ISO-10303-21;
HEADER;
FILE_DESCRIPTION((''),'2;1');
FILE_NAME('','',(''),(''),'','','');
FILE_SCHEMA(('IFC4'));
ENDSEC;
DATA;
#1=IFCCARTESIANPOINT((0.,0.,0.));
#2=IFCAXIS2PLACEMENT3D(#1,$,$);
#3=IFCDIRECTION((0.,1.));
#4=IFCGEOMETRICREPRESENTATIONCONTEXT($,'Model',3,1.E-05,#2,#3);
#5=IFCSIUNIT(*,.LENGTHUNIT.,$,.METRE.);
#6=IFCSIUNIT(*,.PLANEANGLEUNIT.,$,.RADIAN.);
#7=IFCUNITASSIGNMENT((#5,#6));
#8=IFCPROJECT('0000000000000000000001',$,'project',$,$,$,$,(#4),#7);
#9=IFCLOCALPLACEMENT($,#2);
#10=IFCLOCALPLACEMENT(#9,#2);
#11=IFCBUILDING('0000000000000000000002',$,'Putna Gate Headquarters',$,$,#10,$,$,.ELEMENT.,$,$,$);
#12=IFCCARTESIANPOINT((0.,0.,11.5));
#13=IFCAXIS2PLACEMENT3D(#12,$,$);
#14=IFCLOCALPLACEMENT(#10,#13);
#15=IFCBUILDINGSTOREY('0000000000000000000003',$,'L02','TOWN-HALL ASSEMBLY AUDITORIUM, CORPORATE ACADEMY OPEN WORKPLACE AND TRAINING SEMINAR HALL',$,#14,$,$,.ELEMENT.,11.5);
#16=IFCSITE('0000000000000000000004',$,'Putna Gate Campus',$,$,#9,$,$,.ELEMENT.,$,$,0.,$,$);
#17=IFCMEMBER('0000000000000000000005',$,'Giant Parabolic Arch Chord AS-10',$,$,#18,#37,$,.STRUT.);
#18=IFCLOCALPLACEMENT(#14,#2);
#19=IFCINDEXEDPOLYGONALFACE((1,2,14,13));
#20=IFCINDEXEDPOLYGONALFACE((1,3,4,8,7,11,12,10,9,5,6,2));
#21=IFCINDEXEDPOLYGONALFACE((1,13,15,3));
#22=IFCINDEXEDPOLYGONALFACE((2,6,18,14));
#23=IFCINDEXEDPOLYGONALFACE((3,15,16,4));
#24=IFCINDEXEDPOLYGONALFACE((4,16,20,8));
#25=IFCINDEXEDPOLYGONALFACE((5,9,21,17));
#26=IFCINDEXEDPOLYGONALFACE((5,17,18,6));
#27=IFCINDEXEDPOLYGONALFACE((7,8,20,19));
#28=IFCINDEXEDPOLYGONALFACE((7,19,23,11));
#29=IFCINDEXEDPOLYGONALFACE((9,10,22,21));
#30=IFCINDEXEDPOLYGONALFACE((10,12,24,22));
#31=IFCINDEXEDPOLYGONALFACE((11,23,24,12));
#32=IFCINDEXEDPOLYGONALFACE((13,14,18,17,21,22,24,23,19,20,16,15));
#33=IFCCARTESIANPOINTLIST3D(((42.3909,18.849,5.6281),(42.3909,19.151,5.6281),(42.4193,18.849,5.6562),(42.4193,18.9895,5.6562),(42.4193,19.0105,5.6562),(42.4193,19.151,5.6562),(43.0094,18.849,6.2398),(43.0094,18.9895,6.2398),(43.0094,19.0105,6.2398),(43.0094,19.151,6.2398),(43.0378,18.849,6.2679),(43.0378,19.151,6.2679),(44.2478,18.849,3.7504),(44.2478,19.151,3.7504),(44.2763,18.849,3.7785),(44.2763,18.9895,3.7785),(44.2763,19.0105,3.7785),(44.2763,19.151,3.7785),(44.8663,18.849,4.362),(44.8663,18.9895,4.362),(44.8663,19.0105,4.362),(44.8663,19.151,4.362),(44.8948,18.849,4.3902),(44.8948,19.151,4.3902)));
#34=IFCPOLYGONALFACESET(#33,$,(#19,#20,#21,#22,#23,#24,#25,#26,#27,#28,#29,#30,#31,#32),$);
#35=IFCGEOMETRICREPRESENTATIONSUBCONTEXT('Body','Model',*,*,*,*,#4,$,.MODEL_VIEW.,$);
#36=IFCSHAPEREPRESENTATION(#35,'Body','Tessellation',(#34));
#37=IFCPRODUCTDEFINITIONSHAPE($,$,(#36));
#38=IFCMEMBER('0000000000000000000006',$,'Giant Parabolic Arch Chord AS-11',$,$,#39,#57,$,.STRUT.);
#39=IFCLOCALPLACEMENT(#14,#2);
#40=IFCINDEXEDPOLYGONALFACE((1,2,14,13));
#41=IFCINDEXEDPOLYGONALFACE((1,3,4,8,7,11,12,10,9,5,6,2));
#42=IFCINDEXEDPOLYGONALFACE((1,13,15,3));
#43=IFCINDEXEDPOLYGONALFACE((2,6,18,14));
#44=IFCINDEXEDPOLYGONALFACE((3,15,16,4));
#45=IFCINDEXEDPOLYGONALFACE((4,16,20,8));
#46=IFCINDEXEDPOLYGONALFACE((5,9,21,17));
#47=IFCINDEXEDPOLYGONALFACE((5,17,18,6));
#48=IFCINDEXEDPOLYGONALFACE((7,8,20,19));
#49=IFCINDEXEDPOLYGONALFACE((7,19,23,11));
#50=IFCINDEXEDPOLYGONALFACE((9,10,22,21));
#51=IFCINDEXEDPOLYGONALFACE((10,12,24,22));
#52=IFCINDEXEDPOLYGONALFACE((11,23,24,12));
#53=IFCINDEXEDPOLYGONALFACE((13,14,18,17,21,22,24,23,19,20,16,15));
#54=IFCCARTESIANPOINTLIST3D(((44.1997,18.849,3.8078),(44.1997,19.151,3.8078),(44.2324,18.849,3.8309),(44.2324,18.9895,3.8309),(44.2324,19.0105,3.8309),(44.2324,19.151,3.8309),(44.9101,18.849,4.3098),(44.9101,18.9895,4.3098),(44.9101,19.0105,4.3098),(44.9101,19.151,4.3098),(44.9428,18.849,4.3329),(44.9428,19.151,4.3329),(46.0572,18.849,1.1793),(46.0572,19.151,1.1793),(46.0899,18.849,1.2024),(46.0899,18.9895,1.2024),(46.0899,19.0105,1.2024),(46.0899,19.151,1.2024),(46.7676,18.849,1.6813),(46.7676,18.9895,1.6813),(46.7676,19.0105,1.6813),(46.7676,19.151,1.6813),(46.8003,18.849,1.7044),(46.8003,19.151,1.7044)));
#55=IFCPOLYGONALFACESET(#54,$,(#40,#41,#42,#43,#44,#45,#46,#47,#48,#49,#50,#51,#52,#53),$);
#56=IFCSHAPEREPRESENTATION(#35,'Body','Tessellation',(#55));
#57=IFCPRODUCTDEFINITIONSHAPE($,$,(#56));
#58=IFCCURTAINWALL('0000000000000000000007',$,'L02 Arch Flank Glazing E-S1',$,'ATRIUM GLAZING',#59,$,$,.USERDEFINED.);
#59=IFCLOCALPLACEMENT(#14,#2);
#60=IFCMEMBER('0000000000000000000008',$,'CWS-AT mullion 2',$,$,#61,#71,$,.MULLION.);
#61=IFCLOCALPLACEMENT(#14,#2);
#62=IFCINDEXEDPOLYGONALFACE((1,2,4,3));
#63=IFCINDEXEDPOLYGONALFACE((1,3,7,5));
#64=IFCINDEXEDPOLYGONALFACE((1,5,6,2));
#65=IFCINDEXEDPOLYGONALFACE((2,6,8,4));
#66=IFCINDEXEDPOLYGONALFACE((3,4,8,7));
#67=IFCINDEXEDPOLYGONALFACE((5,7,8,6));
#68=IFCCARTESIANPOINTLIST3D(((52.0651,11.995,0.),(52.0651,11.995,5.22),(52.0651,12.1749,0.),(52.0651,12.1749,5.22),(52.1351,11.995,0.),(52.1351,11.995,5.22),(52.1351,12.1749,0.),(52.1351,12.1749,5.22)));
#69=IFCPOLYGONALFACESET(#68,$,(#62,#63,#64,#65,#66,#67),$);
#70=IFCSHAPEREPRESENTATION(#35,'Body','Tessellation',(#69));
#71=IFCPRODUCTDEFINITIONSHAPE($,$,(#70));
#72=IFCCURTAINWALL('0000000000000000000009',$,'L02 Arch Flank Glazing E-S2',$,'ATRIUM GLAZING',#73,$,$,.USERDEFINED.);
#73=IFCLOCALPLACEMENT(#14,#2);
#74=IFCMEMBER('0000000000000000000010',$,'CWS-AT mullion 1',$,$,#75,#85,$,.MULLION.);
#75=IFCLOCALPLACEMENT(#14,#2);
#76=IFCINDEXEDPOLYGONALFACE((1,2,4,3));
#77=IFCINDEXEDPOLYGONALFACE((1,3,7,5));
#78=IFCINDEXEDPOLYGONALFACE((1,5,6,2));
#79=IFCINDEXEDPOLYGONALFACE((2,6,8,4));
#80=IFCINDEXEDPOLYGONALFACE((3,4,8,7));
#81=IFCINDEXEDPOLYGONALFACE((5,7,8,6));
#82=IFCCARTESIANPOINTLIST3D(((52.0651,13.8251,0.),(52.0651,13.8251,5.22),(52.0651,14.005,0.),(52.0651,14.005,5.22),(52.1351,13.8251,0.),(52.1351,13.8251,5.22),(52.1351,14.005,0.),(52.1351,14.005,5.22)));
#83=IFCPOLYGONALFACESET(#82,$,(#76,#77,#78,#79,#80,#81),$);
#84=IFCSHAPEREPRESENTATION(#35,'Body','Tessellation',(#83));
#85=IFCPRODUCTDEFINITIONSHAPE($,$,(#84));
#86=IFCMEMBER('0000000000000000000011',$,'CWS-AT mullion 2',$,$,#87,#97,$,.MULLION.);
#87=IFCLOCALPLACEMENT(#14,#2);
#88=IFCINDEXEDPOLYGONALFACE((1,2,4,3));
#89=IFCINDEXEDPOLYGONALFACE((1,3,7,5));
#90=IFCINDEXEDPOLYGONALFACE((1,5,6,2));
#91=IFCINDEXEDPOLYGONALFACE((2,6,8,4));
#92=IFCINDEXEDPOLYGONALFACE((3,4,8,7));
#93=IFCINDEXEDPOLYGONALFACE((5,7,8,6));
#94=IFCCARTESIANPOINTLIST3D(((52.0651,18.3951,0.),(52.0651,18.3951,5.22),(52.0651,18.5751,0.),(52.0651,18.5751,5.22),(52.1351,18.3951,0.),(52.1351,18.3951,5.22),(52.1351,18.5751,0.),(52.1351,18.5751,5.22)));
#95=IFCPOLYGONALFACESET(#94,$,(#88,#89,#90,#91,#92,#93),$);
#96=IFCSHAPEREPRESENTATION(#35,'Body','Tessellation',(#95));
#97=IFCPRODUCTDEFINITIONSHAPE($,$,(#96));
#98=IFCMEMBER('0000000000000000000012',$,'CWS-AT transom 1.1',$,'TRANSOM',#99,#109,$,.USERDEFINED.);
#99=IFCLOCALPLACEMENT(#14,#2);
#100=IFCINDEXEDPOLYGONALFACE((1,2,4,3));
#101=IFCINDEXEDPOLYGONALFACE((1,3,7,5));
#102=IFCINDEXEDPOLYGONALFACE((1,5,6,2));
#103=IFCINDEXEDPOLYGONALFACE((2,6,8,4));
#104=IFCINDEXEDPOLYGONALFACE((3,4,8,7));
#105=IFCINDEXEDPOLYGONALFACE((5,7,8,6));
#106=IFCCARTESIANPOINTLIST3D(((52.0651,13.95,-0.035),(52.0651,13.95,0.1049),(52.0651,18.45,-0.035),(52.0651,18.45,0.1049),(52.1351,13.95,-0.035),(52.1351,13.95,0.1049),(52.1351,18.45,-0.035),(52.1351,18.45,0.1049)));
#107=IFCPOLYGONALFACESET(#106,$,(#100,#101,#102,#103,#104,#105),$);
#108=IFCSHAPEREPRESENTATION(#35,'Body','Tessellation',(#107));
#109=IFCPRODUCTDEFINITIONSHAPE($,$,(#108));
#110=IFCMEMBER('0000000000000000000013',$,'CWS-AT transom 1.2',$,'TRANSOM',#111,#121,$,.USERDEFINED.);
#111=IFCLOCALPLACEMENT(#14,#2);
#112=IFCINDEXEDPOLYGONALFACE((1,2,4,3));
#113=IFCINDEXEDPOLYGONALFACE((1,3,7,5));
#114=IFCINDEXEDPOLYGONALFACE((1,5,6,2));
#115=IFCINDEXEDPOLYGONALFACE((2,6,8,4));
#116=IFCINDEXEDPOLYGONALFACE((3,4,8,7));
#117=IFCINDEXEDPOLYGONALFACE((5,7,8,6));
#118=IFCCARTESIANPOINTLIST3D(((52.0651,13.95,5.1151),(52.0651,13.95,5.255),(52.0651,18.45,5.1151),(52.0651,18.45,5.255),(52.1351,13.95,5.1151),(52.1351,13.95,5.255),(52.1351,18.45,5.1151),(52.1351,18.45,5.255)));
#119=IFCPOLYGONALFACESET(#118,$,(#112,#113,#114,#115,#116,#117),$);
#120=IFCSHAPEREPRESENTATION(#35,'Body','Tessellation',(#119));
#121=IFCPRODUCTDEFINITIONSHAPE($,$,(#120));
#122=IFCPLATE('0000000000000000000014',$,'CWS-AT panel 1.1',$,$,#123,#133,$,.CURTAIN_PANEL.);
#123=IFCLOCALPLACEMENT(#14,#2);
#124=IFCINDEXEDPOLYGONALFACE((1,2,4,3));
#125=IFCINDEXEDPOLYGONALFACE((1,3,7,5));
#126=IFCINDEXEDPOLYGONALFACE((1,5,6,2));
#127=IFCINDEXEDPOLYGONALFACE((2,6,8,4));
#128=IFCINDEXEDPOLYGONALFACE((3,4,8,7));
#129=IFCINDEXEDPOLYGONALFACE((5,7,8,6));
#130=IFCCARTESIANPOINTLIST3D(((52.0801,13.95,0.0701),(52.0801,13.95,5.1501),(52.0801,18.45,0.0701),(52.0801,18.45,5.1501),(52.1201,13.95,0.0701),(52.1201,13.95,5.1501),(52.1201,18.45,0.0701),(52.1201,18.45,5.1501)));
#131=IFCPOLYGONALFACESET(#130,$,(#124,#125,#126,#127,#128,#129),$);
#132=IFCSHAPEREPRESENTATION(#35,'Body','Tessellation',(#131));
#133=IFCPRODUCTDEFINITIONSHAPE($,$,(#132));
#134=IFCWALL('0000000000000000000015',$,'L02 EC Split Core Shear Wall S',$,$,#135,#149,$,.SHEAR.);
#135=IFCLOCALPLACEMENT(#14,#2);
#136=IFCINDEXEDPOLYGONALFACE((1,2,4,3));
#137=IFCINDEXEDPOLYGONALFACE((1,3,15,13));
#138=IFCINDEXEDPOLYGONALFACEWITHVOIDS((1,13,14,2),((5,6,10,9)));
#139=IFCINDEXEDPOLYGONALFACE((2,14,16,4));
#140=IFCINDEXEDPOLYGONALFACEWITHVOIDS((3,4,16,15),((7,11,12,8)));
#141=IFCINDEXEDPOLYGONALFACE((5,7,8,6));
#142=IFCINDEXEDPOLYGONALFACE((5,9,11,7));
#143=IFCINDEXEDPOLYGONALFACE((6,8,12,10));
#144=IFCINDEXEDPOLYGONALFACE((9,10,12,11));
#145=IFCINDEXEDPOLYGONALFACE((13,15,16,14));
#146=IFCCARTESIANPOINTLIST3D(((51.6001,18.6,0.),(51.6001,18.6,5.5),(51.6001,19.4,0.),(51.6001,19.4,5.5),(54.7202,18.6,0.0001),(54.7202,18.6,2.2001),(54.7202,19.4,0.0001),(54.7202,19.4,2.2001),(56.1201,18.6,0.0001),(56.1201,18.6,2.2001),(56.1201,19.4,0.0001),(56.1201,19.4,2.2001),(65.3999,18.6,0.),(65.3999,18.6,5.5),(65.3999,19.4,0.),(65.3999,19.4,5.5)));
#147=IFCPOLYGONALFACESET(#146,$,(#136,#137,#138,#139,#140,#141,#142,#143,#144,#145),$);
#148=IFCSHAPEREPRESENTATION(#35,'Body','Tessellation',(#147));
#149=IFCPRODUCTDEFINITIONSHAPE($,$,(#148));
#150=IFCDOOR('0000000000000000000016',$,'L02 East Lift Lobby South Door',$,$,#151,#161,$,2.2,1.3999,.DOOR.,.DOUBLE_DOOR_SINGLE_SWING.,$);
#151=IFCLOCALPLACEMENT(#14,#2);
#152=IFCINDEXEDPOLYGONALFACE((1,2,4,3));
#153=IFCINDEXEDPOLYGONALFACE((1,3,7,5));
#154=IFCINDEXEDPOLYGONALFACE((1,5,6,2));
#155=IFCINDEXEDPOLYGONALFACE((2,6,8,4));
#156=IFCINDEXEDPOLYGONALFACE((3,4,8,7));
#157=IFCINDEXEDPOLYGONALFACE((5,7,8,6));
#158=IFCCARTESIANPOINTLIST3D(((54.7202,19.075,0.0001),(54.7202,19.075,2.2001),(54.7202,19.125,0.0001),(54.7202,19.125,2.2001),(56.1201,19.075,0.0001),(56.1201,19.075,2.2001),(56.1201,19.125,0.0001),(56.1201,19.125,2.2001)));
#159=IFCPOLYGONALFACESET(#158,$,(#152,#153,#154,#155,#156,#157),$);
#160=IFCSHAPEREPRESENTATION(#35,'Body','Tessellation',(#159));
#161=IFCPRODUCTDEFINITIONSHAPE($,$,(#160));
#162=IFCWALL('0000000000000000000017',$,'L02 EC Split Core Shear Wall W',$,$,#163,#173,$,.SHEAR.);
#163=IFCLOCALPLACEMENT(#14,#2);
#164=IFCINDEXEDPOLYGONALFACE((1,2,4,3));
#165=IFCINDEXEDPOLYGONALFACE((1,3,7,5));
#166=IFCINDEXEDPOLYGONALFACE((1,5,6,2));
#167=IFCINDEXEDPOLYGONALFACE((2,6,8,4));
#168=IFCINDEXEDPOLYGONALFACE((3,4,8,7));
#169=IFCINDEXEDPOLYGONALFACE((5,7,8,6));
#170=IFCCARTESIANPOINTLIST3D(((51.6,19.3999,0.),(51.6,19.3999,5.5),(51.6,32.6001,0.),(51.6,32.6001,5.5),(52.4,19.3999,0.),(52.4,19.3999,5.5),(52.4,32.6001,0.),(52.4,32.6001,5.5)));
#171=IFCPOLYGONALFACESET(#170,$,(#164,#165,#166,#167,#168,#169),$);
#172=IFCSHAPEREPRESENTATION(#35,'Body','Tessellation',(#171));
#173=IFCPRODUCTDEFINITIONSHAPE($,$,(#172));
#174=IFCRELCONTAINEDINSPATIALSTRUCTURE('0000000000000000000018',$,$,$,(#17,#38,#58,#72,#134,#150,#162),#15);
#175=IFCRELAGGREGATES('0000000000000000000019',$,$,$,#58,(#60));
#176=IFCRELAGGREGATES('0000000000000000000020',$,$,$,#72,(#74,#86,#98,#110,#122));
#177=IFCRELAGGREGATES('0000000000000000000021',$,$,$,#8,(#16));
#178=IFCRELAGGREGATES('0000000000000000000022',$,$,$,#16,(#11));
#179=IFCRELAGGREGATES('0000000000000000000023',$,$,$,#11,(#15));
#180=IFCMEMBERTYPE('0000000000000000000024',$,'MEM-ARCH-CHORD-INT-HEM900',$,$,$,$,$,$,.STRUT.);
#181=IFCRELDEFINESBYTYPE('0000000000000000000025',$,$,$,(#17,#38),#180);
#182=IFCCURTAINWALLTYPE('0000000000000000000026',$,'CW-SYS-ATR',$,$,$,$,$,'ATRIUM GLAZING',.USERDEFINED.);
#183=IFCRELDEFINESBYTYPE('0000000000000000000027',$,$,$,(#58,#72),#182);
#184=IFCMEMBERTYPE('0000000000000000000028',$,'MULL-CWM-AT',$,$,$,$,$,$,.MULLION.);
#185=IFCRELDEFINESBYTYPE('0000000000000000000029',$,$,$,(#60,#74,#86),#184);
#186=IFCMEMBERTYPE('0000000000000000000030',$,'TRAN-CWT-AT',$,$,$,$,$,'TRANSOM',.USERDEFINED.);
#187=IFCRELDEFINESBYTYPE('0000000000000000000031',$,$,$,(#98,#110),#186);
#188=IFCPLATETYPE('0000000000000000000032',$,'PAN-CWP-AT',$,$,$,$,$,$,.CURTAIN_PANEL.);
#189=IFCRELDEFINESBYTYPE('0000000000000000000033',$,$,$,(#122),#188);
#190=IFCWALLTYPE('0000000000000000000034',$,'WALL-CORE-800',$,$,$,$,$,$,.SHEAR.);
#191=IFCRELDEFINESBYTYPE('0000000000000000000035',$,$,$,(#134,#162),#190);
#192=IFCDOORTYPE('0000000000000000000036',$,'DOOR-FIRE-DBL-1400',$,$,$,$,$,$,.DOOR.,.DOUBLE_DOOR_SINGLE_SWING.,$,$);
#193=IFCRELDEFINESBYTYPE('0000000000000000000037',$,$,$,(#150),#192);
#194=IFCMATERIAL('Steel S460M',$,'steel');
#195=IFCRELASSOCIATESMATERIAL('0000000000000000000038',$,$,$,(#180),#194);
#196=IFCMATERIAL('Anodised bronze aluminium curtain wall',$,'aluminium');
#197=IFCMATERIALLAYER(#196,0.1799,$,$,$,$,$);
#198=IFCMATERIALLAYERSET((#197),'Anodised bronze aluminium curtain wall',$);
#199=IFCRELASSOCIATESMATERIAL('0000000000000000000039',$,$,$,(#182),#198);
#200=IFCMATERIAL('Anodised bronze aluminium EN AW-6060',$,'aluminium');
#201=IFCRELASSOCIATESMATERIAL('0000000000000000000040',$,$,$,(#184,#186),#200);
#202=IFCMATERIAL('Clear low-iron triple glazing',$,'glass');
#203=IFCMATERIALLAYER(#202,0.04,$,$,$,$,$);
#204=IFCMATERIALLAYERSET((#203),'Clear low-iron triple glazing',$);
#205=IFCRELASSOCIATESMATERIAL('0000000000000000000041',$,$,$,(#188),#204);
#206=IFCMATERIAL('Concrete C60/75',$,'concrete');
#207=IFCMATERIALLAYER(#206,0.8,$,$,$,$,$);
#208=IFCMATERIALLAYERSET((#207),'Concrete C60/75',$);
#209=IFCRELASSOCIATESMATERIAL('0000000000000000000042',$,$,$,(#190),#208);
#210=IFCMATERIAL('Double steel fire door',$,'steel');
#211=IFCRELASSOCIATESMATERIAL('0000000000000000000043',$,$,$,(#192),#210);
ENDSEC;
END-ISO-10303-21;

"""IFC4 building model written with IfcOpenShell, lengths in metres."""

from ifc_helpers import new_model, si_unit, direction, frame, frame_2d, origin, origin_2d, place, context, subcontext, project, spatial, rectangle, i_section, extrude, material, layer, layer_set, material_profile, profile_set, type_object, element, fill, aggregate, save


model = new_model("IFC4")

# Units and contexts
model_context = context("Model", 3, precision=1e-05, world=origin(), true_north=direction((0.0, 1.0)))
body_context = subcontext(model_context, "Body", "Model", "MODEL_VIEW")
ifc_project = project(units=[si_unit("LENGTHUNIT", "METRE"), si_unit("PLANEANGLEUNIT", "RADIAN")], contexts=[model_context])

# Site, building, storey
site_placement = place(None, origin())
site = spatial("IfcSite", under=ifc_project, at=site_placement, Name="Putna Gate Campus", CompositionType="ELEMENT", RefElevation=0.0)
building_placement = place(site_placement, origin())
building = spatial("IfcBuilding", under=site, at=building_placement, Name="Putna Gate Headquarters", CompositionType="ELEMENT")
storey_placement = place(building_placement, frame((0.0, 0.0, 11.5)))
storey = spatial("IfcBuildingStorey", under=building, at=storey_placement, Name="L02", Description="TOWN-HALL ASSEMBLY AUDITORIUM, CORPORATE ACADEMY OPEN WORKPLACE AND TRAINING SEMINAR HALL", CompositionType="ELEMENT", Elevation=11.5)

# Shared definitions
ifc_material_1 = material(Name="Concrete C60/75", Category="concrete")

# Members
ifc_material_2 = material(Name="Steel S460M", Category="steel")
ifc_material_profile_1 = material_profile(ifc_material_2, i_section(OverallWidth=0.302, OverallDepth=0.9099, WebThickness=0.021, FlangeThickness=0.04, at=origin_2d()), Name="Steel S460M")
ifc_profile_set_1 = profile_set([ifc_material_profile_1], Name="Steel S460M")
member_type_1 = type_object("IfcMemberType", Name="MEM-ARCH-CHORD-INT-HEM900", PredefinedType="STRUT", material=ifc_profile_set_1)
member_1_placement = place(storey_placement, frame((42.7144, 19.0, 5.948), z_axis=(0.703167, 0.0, -0.711025), x_axis=(0.0, 1.0, 0.0)))
element("IfcMember", 1, at=member_1_placement, inside=storey, type_object=member_type_1, Name="Giant Parabolic Arch Chord AS-10", PredefinedType="STRUT", context=body_context, shape_type="SweptSolid", body=[
    extrude(i_section(OverallWidth=0.302, OverallDepth=0.9099, WebThickness=0.021, FlangeThickness=0.04, at=origin_2d()), origin(), (0.0, 0.0, 1.0), 2.6409),
])
member_2_placement = place(storey_placement, frame((44.5713, 19.0, 4.0703), z_axis=(0.577112, 0.0, -0.816665), x_axis=(0.0, 1.0, 0.0)))
element("IfcMember", 2, at=member_2_placement, inside=storey, type_object=member_type_1, Name="Giant Parabolic Arch Chord AS-11", PredefinedType="STRUT", context=body_context, shape_type="SweptSolid", body=[
    extrude(i_section(OverallWidth=0.302, OverallDepth=0.9099, WebThickness=0.021, FlangeThickness=0.04, at=origin_2d()), origin(), (0.0, 0.0, 1.0), 3.2185),
])

# Curtain wall, member
ifc_material_3 = material(Name="Anodised bronze aluminium curtain wall", Category="aluminium")
ifc_layer_1 = layer(ifc_material_3, 0.1799)
ifc_layer_set_1 = layer_set([ifc_layer_1], Name="Anodised bronze aluminium curtain wall")
curtain_wall_type = type_object("IfcCurtainWallType", Name="CW-SYS-ATR", ElementType="ATRIUM GLAZING", PredefinedType="USERDEFINED", material=ifc_layer_set_1)
curtain_wall_1_placement = place(storey_placement, origin())
curtain_wall_1 = element("IfcCurtainWall", 3, at=curtain_wall_1_placement, inside=storey, type_object=curtain_wall_type, Name="L02 Arch Flank Glazing E-S1", ObjectType="ATRIUM GLAZING", PredefinedType="USERDEFINED")
ifc_material_4 = material(Name="Anodised bronze aluminium EN AW-6060", Category="aluminium")
ifc_material_profile_2 = material_profile(ifc_material_4, rectangle(XDim=0.0701, YDim=0.1799, at=origin_2d()), Name="Anodised bronze aluminium EN AW-6060")
ifc_profile_set_2 = profile_set([ifc_material_profile_2], Name="Anodised bronze aluminium EN AW-6060")
member_type_2 = type_object("IfcMemberType", Name="MULL-CWM-AT", PredefinedType="MULLION", material=ifc_profile_set_2)
member_3_placement = place(storey_placement, frame((52.1001, 12.085, 0.0), z_axis=(0.0, 0.0, 1.0), x_axis=(-1.0, 0.0, 0.0)))
member_3 = element("IfcMember", 4, at=member_3_placement, type_object=member_type_2, Name="CWS-AT mullion 2", PredefinedType="MULLION", context=body_context, shape_type="SweptSolid", body=[
    extrude(rectangle(XDim=0.0701, YDim=0.1799, at=origin_2d()), origin(), (0.0, 0.0, 1.0), 5.22),
])
aggregate(curtain_wall_1, [member_3])

# Curtain wall, members, plate
curtain_wall_2_placement = place(storey_placement, origin())
curtain_wall_2 = element("IfcCurtainWall", 5, at=curtain_wall_2_placement, inside=storey, type_object=curtain_wall_type, Name="L02 Arch Flank Glazing E-S2", ObjectType="ATRIUM GLAZING", PredefinedType="USERDEFINED")
member_4_placement = place(storey_placement, frame((52.1001, 13.915, 0.0), z_axis=(0.0, 0.0, 1.0), x_axis=(-1.0, 0.0, 0.0)))
member_4 = element("IfcMember", 6, at=member_4_placement, type_object=member_type_2, Name="CWS-AT mullion 1", PredefinedType="MULLION", context=body_context, shape_type="SweptSolid", body=[
    extrude(rectangle(XDim=0.0701, YDim=0.1799, at=origin_2d()), origin(), (0.0, 0.0, 1.0), 5.22),
])
member_5_placement = place(storey_placement, frame((52.1001, 18.4851, 0.0), z_axis=(0.0, 0.0, 1.0), x_axis=(-1.0, 0.0, 0.0)))
member_5 = element("IfcMember", 7, at=member_5_placement, type_object=member_type_2, Name="CWS-AT mullion 2", PredefinedType="MULLION", context=body_context, shape_type="SweptSolid", body=[
    extrude(rectangle(XDim=0.0701, YDim=0.1799, at=origin_2d()), origin(), (0.0, 0.0, 1.0), 5.22),
])
ifc_material_profile_3 = material_profile(ifc_material_4, rectangle(XDim=0.0701, YDim=0.1399, at=origin_2d()), Name="Anodised bronze aluminium EN AW-6060")
ifc_profile_set_3 = profile_set([ifc_material_profile_3], Name="Anodised bronze aluminium EN AW-6060")
member_type_3 = type_object("IfcMemberType", Name="TRAN-CWT-AT", ElementType="TRANSOM", PredefinedType="USERDEFINED", material=ifc_profile_set_3)
member_6_placement = place(storey_placement, frame((52.1001, 13.95, 0.0349), z_axis=(0.0, 1.0, 0.0), x_axis=(-1.0, 0.0, 0.0)))
member_6 = element("IfcMember", 8, at=member_6_placement, type_object=member_type_3, Name="CWS-AT transom 1.1", ObjectType="TRANSOM", PredefinedType="USERDEFINED", context=body_context, shape_type="SweptSolid", body=[
    extrude(rectangle(XDim=0.0701, YDim=0.1399, at=origin_2d()), origin(), (0.0, 0.0, 1.0), 4.5),
])
member_7_placement = place(storey_placement, frame((52.1001, 13.95, 5.1851), z_axis=(0.0, 1.0, 0.0), x_axis=(-1.0, 0.0, 0.0)))
member_7 = element("IfcMember", 9, at=member_7_placement, type_object=member_type_3, Name="CWS-AT transom 1.2", ObjectType="TRANSOM", PredefinedType="USERDEFINED", context=body_context, shape_type="SweptSolid", body=[
    extrude(rectangle(XDim=0.0701, YDim=0.1399, at=origin_2d()), origin(), (0.0, 0.0, 1.0), 4.5),
])
ifc_material_5 = material(Name="Clear low-iron triple glazing", Category="glass")
ifc_layer_2 = layer(ifc_material_5, 0.04)
ifc_layer_set_2 = layer_set([ifc_layer_2], Name="Clear low-iron triple glazing")
plate_type = type_object("IfcPlateType", Name="PAN-CWP-AT", PredefinedType="CURTAIN_PANEL", material=ifc_layer_set_2)
plate_placement = place(storey_placement, frame((52.1001, 16.2, 0.0701), z_axis=(0.0, 0.0, 1.0), x_axis=(0.0, 1.0, 0.0)))
plate = element("IfcPlate", 10, at=plate_placement, type_object=plate_type, Name="CWS-AT panel 1.1", PredefinedType="CURTAIN_PANEL", context=body_context, shape_type="SweptSolid", body=[
    extrude(rectangle(XDim=4.5, YDim=0.04, at=origin_2d()), origin(), (0.0, 0.0, 1.0), 5.0801),
])
aggregate(curtain_wall_2, [member_4, member_5, member_6, member_7, plate])

# Wall, opening, door
ifc_layer_3 = layer(ifc_material_1, 0.8)
ifc_layer_set_3 = layer_set([ifc_layer_3], Name="Concrete C60/75")
wall_type_1 = type_object("IfcWallType", Name="WALL-CORE-800", PredefinedType="SHEAR", material=ifc_layer_set_3)
wall_1_placement = place(storey_placement, frame((51.6001, 19.0, 0.0), z_axis=(0.0, 0.0, 1.0), x_axis=(1.0, 0.0, 0.0)))
wall_1 = element("IfcWall", 11, at=wall_1_placement, inside=storey, type_object=wall_type_1, Name="L02 EC Split Core Shear Wall S", PredefinedType="SHEAR", context=body_context, shape_type="SweptSolid", body=[
    extrude(rectangle(XDim=13.7998, YDim=0.8, at=frame_2d((6.8999, 0.0))), origin(), (0.0, 0.0, 1.0), 5.5),
])
opening_1_placement = place(wall_1_placement, frame((3.1201, 0.0, 0.0)))
opening_1 = element("IfcOpeningElement", 12, at=opening_1_placement, cuts=wall_1, PredefinedType="OPENING", context=body_context, shape_type="SweptSolid", body=[
    extrude(rectangle(XDim=1.3999, YDim=2.2, at=frame_2d((0.7, 1.1001))), frame((0.0, 0.4099, 0.0), z_axis=(0.0, -1.0, 0.0), x_axis=(1.0, 0.0, 0.0)), (0.0, 0.0, 1.0), 0.8201),
])
ifc_material_6 = material(Name="Double steel fire door", Category="steel")
door_type_1 = type_object("IfcDoorType", Name="DOOR-FIRE-DBL-1400", OperationType="DOUBLE_DOOR_SINGLE_SWING", PredefinedType="DOOR", material=ifc_material_6)
door_1_placement = place(opening_1_placement, origin())
door_1 = element("IfcDoor", 13, at=door_1_placement, inside=storey, type_object=door_type_1, Name="L02 East Lift Lobby South Door", OperationType="DOUBLE_DOOR_SINGLE_SWING", OverallHeight=2.2, OverallWidth=1.3999, PredefinedType="DOOR", context=body_context, shape_type="SweptSolid", body=[
    extrude(rectangle(XDim=1.3999, YDim=2.2, at=frame_2d((0.7, 1.1001))), frame((0.0, 0.125, 0.0), z_axis=(0.0, -1.0, 0.0), x_axis=(1.0, 0.0, 0.0)), (0.0, 0.0, 1.0), 0.05),
])
fill(opening_1, door_1)

# Wall
wall_2_placement = place(storey_placement, frame((52.0, 19.3999, 0.0), z_axis=(0.0, 0.0, 1.0), x_axis=(0.0, 1.0, 0.0)))
element("IfcWall", 14, at=wall_2_placement, inside=storey, type_object=wall_type_1, Name="L02 EC Split Core Shear Wall W", PredefinedType="SHEAR", context=body_context, shape_type="SweptSolid", body=[
    extrude(rectangle(XDim=13.2002, YDim=0.8, at=frame_2d((6.6001, 0.0))), origin(), (0.0, 0.0, 1.0), 5.5),
])

save(model, "model.ifc")
